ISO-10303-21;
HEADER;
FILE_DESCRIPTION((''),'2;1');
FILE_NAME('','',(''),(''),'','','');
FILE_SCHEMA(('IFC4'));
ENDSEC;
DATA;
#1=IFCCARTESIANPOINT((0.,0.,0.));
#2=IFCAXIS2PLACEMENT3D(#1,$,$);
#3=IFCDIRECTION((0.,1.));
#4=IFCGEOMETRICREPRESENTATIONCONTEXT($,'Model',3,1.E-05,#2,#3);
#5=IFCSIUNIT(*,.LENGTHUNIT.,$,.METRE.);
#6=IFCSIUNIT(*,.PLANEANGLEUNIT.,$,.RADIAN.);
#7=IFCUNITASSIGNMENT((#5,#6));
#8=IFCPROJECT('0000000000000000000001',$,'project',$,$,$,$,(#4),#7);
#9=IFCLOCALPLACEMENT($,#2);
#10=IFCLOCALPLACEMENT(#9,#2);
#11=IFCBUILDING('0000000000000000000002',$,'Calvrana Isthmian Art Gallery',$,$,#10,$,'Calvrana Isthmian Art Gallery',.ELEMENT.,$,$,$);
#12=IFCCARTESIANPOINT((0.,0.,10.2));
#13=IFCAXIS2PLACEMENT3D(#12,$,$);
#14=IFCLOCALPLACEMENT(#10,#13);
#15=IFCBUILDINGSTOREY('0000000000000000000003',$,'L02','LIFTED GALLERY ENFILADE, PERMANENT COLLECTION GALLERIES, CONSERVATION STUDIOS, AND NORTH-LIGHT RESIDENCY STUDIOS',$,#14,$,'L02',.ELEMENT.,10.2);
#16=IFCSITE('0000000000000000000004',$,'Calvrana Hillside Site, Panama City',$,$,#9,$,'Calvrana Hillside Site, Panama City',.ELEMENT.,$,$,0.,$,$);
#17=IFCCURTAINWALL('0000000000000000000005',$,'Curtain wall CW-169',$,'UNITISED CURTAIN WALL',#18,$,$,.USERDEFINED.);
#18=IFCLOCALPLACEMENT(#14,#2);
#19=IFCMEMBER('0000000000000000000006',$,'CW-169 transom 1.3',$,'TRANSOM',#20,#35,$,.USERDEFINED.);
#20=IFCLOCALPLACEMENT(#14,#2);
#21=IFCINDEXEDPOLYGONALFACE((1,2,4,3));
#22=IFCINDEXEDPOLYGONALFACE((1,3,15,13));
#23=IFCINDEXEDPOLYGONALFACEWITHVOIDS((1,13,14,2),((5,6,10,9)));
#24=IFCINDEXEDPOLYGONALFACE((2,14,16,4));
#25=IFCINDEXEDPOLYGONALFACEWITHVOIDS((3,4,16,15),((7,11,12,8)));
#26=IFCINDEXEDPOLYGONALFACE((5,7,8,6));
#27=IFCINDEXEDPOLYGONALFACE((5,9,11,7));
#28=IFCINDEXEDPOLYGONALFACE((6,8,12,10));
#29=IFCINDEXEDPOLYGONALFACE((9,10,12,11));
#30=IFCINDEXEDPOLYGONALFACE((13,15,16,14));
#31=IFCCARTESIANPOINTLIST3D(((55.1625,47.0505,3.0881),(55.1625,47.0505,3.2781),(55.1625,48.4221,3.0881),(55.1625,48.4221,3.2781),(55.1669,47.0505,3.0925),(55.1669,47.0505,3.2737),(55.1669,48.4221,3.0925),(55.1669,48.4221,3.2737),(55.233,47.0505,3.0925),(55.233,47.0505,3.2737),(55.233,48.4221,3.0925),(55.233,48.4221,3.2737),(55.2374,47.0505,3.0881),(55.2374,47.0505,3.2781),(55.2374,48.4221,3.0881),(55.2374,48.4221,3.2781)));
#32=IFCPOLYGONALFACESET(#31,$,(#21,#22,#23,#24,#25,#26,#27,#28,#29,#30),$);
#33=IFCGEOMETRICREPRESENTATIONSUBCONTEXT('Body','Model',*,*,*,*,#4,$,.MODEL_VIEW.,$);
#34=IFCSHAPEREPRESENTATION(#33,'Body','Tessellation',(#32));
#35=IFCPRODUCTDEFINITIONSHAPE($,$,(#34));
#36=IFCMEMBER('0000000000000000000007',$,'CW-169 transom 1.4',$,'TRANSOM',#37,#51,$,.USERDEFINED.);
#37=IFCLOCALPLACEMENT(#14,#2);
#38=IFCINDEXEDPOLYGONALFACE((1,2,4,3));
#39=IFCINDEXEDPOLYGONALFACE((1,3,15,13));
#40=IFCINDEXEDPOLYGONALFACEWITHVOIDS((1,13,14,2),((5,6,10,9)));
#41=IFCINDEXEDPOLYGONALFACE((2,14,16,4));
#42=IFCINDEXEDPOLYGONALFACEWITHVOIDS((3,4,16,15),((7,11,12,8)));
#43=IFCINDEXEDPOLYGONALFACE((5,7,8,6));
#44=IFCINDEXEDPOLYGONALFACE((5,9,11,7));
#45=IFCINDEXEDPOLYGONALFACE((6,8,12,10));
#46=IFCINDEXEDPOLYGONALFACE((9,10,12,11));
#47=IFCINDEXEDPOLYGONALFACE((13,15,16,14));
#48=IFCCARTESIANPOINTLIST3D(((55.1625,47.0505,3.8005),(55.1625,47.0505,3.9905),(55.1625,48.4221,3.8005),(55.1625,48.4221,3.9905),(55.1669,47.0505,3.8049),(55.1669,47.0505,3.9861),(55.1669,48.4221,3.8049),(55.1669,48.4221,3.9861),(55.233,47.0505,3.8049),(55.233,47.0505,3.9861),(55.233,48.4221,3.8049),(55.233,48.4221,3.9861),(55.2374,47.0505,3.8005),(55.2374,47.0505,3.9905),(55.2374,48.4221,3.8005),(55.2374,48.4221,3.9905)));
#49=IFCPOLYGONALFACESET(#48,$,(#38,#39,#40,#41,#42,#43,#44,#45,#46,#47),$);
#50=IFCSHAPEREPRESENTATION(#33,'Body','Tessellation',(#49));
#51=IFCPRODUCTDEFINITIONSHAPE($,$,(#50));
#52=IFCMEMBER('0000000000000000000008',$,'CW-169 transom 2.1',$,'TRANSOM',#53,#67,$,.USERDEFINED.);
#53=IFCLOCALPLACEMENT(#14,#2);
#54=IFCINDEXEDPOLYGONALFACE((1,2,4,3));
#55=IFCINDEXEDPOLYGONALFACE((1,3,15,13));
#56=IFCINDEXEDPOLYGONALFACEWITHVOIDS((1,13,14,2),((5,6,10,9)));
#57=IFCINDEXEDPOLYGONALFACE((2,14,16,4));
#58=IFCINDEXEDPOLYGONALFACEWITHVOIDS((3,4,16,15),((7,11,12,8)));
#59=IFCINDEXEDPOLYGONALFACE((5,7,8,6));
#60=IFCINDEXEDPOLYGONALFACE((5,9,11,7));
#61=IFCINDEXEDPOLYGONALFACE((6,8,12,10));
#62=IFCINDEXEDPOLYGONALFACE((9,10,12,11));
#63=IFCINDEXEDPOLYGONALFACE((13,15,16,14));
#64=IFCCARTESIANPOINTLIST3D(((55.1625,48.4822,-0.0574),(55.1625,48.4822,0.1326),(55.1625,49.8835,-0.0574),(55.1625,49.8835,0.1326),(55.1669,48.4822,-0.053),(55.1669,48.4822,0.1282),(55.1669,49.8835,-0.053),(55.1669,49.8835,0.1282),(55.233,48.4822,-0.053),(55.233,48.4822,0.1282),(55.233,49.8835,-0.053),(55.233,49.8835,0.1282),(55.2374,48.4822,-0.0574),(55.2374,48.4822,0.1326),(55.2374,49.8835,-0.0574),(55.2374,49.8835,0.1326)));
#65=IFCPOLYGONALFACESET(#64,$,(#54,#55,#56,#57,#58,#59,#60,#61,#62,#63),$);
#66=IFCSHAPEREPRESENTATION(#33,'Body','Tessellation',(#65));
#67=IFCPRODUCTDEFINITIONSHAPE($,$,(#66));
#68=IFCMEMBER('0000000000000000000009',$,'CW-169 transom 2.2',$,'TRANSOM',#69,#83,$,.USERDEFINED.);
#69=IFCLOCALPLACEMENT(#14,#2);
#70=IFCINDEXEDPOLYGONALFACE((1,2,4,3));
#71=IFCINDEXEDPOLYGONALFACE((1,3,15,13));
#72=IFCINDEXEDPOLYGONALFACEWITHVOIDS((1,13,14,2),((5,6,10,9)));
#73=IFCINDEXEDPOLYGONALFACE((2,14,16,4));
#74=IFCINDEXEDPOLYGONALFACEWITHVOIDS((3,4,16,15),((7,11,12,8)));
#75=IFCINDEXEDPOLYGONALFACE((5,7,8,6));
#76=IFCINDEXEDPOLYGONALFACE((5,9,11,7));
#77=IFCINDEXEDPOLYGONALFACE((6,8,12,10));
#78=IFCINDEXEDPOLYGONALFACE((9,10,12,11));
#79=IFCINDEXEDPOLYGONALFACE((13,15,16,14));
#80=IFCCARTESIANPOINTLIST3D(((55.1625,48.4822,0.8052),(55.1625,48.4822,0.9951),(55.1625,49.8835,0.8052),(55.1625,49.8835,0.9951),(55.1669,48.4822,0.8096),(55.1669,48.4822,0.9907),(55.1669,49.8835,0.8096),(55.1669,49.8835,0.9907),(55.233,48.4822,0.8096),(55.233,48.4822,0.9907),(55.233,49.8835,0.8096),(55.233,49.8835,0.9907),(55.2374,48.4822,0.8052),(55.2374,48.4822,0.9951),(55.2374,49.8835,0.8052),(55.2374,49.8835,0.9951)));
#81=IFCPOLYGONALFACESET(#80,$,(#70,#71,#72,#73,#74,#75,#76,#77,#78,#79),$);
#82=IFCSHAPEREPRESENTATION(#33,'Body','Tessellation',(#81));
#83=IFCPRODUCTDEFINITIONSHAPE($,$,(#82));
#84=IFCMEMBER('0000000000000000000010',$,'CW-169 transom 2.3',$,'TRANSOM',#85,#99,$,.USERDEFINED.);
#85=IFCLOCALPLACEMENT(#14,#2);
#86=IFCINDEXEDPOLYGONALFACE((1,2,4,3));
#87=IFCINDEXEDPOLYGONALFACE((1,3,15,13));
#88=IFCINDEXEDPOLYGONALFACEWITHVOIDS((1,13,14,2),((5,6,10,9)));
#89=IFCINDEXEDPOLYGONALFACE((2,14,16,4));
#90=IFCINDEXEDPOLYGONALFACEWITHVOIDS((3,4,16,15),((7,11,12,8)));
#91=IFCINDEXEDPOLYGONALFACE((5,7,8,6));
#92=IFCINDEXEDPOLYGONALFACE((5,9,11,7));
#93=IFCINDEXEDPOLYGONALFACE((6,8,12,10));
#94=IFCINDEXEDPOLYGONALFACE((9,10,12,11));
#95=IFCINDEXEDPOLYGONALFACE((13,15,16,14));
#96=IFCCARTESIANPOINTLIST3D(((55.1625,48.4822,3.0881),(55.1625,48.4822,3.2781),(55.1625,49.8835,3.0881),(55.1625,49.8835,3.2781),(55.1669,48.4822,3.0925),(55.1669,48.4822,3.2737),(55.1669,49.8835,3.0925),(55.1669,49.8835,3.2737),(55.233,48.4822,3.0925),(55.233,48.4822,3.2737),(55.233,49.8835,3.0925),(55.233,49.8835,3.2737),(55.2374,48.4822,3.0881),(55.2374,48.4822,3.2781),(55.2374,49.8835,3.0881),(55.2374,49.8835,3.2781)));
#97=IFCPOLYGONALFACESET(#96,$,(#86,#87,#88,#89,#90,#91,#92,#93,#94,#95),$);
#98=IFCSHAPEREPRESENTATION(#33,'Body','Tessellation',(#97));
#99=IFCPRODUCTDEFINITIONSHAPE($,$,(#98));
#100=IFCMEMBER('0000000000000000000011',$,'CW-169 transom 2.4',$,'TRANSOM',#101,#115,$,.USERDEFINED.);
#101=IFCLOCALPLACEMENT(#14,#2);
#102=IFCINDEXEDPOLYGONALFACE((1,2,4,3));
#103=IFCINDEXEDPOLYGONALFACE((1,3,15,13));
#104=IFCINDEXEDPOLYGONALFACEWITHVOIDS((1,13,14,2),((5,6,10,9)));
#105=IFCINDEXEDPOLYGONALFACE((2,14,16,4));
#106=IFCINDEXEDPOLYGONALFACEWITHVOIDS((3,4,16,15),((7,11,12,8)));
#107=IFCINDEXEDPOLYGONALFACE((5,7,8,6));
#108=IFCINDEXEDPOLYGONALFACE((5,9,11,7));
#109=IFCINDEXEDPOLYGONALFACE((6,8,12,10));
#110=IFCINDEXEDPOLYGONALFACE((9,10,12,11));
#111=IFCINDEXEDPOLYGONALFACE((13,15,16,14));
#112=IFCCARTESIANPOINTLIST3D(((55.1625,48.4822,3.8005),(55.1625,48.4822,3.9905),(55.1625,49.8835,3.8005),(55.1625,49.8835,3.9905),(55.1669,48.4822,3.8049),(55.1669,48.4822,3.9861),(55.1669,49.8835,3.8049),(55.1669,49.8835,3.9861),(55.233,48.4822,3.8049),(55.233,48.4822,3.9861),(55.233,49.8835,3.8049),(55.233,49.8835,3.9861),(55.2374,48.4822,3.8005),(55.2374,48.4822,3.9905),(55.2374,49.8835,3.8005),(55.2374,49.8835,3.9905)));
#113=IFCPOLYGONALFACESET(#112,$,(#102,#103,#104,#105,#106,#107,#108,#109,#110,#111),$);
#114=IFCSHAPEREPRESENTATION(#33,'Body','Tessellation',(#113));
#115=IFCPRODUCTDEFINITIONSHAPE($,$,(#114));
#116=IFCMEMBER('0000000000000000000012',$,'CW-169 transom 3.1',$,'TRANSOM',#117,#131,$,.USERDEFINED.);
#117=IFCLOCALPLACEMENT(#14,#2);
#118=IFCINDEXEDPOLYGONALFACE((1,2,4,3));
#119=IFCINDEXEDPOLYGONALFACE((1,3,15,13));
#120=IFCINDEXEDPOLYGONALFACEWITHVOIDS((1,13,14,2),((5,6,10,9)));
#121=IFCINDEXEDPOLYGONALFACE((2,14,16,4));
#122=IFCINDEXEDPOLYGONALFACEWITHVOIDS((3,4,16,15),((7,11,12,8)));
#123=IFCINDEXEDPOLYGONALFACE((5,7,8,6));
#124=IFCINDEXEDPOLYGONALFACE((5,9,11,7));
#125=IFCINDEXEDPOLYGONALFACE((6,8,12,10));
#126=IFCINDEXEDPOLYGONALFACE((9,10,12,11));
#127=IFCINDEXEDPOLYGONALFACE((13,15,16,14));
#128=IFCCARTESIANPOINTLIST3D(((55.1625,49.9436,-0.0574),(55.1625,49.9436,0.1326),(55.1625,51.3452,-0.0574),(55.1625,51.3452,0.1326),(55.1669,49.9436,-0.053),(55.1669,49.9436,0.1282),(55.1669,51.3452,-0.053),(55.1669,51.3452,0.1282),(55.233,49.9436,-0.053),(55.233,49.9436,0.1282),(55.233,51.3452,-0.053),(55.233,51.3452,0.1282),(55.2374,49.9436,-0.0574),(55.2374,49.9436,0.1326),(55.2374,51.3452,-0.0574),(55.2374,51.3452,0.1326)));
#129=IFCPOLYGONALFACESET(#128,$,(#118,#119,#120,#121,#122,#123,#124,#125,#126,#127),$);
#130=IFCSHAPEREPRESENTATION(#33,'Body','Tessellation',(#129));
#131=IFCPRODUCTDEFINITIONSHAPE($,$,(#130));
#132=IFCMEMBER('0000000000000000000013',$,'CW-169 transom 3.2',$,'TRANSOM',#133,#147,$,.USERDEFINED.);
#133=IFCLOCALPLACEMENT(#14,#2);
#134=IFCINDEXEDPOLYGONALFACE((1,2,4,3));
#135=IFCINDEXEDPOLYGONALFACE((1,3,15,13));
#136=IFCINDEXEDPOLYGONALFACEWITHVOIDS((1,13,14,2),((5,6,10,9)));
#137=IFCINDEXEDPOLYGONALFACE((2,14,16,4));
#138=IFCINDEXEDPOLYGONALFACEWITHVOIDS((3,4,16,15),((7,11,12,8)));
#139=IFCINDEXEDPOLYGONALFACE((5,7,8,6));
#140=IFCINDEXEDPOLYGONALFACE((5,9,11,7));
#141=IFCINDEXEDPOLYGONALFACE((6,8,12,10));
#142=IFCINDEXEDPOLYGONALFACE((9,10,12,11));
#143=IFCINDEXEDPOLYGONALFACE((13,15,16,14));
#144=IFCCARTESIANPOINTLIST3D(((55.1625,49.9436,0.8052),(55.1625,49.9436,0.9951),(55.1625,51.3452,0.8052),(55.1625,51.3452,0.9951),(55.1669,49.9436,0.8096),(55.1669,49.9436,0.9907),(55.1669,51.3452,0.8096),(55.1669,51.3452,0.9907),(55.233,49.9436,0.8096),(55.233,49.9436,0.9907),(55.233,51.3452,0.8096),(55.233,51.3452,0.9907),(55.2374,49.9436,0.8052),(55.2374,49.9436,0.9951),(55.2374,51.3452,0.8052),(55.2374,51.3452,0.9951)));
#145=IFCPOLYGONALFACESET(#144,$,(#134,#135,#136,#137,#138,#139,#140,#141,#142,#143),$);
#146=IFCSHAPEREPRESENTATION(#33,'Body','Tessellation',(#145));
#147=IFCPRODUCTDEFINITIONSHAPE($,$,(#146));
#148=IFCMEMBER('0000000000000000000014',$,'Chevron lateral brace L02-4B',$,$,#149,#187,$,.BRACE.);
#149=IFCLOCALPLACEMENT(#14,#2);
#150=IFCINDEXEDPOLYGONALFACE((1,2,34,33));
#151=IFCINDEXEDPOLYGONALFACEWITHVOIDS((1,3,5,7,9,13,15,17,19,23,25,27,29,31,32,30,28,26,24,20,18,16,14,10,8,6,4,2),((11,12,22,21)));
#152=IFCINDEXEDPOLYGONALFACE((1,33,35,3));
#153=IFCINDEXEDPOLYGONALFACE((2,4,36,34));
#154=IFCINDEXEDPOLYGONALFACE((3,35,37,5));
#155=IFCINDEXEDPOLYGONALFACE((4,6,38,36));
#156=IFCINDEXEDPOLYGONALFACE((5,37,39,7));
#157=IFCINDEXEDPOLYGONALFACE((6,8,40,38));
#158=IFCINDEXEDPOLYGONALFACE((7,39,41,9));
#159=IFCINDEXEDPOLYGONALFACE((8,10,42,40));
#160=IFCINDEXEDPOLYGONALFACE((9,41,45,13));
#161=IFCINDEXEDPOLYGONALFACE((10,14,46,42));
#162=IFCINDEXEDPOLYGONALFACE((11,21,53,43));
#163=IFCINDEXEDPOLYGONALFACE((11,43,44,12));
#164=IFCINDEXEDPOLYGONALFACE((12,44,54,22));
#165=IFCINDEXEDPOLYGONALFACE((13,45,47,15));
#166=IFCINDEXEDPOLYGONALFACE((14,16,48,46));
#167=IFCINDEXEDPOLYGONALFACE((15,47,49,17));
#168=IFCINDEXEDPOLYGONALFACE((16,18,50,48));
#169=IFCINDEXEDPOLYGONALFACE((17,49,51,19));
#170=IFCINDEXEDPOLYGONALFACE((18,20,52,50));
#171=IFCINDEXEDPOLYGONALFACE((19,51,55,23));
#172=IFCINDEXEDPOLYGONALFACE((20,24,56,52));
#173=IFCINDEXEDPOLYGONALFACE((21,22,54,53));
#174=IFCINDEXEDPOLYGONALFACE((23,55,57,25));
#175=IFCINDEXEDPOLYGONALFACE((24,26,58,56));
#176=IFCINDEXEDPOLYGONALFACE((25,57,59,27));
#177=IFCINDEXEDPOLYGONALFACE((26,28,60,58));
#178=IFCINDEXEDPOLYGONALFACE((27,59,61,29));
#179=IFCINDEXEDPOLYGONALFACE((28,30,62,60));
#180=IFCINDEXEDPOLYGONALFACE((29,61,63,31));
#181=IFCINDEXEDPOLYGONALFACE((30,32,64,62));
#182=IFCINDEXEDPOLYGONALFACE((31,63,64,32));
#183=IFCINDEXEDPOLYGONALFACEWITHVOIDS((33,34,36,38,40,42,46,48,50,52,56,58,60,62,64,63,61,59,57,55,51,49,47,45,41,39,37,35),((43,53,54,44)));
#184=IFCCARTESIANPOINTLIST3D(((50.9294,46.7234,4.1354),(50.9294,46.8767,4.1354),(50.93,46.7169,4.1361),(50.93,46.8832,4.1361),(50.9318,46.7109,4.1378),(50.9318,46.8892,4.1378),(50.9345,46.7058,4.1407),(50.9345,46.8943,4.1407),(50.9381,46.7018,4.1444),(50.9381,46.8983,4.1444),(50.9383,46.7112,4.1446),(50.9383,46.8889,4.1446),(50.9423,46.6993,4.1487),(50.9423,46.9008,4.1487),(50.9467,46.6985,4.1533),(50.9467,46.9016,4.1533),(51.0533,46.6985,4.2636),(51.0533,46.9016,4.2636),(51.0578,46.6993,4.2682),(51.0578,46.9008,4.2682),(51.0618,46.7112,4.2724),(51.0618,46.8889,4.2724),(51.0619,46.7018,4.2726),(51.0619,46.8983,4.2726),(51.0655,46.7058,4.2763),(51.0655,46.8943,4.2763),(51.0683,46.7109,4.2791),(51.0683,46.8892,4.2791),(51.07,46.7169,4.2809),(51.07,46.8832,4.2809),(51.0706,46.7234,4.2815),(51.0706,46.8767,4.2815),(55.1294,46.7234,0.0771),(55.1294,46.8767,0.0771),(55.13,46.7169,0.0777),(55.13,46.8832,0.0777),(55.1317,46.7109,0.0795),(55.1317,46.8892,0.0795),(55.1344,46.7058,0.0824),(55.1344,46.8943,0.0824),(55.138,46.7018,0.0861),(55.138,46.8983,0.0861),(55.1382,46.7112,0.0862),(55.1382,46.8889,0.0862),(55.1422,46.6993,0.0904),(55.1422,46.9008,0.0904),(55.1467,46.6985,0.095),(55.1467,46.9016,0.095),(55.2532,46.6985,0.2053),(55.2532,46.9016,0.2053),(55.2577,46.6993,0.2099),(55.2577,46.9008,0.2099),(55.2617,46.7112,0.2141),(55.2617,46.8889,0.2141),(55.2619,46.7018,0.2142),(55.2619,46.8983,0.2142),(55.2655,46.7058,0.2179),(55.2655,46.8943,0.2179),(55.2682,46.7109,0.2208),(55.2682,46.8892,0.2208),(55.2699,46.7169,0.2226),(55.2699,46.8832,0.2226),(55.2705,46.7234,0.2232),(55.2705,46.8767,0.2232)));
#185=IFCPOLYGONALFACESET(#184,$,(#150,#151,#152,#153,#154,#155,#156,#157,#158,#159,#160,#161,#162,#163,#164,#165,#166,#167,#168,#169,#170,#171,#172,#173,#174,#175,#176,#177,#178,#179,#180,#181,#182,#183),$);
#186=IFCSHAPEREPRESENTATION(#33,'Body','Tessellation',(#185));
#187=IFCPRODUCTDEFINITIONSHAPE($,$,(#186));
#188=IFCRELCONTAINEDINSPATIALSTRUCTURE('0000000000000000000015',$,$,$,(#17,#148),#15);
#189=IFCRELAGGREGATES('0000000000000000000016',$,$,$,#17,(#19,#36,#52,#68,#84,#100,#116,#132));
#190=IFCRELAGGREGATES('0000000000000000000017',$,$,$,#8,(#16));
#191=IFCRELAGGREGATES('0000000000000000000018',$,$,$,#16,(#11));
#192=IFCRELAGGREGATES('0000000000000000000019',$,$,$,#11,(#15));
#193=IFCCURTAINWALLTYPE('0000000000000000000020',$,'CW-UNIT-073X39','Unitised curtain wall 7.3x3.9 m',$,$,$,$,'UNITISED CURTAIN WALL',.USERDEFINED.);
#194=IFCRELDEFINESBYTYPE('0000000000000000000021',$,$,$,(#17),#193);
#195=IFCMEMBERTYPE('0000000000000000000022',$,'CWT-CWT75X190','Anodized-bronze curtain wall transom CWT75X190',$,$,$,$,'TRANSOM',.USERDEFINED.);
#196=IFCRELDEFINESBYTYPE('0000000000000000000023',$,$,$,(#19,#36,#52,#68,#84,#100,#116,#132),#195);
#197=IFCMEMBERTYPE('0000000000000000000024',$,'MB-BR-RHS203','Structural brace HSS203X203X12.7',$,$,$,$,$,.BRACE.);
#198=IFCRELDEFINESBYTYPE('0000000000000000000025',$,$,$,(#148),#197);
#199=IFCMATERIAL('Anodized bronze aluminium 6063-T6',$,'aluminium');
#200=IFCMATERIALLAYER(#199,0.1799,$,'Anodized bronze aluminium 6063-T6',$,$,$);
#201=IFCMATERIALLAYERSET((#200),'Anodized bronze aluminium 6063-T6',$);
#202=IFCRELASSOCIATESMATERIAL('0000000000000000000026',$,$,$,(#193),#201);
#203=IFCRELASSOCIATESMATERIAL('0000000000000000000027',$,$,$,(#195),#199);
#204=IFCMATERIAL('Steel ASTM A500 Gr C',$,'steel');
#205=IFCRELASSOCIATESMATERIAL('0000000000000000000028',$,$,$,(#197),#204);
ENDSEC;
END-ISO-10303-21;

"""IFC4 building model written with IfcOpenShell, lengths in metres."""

from ifc_helpers import new_model, si_unit, direction, frame, origin, origin_2d, place, context, subcontext, project, spatial, hollow_rectangle, extrude, material, layer, layer_set, material_profile, profile_set, type_object, element, aggregate, save


model = new_model("IFC4")

# Units and contexts
model_context = context("Model", 3, precision=1e-05, world=origin(), true_north=direction((0.0, 1.0)))
body_context = subcontext(model_context, "Body", "Model", "MODEL_VIEW")
ifc_project = project(units=[si_unit("LENGTHUNIT", "METRE"), si_unit("PLANEANGLEUNIT", "RADIAN")], contexts=[model_context])

# Site, building, storey
site_placement = place(None, origin())
site = spatial("IfcSite", under=ifc_project, at=site_placement, Name="Calvrana Hillside Site, Panama City", LongName="Calvrana Hillside Site, Panama City", CompositionType="ELEMENT", RefElevation=0.0)
building_placement = place(site_placement, origin())
building = spatial("IfcBuilding", under=site, at=building_placement, Name="Calvrana Isthmian Art Gallery", LongName="Calvrana Isthmian Art Gallery", CompositionType="ELEMENT")
storey_placement = place(building_placement, frame((0.0, 0.0, 10.2)))
storey = spatial("IfcBuildingStorey", under=building, at=storey_placement, Name="L02", Description="LIFTED GALLERY ENFILADE, PERMANENT COLLECTION GALLERIES, CONSERVATION STUDIOS, AND NORTH-LIGHT RESIDENCY STUDIOS", LongName="L02", CompositionType="ELEMENT", Elevation=10.2)

# Curtain wall, members
ifc_material_1 = material(Name="Anodized bronze aluminium 6063-T6", Category="aluminium")
ifc_layer_1 = layer(ifc_material_1, 0.1799, Name="Anodized bronze aluminium 6063-T6")
ifc_layer_set_1 = layer_set([ifc_layer_1], Name="Anodized bronze aluminium 6063-T6")
curtain_wall_type = type_object("IfcCurtainWallType", Name="CW-UNIT-073X39", Description="Unitised curtain wall 7.3x3.9 m", ElementType="UNITISED CURTAIN WALL", PredefinedType="USERDEFINED", material=ifc_layer_set_1)
curtain_wall_placement = place(storey_placement, origin())
curtain_wall = element("IfcCurtainWall", 1, at=curtain_wall_placement, inside=storey, type_object=curtain_wall_type, Name="Curtain wall CW-169", ObjectType="UNITISED CURTAIN WALL", PredefinedType="USERDEFINED")
ifc_material_profile_1 = material_profile(ifc_material_1, hollow_rectangle(XDim=0.075, YDim=0.1899, WallThickness=0.0044, at=origin_2d()), Name="CWT75X190")
ifc_profile_set_1 = profile_set([ifc_material_profile_1], Name="Anodized bronze aluminium 6063-T6")
member_type_1 = type_object("IfcMemberType", Name="CWT-CWT75X190", Description="Anodized-bronze curtain wall transom CWT75X190", ElementType="TRANSOM", PredefinedType="USERDEFINED", material=ifc_profile_set_1)
member_1_placement = place(storey_placement, frame((55.2, 47.0505, 3.1831), z_axis=(0.0, 1.0, 0.0), x_axis=(-1.0, 0.0, 0.0)))
member_1 = element("IfcMember", 2, at=member_1_placement, type_object=member_type_1, Name="CW-169 transom 1.3", ObjectType="TRANSOM", PredefinedType="USERDEFINED", context=body_context, shape_type="SweptSolid", body=[
    extrude(hollow_rectangle(XDim=0.075, YDim=0.1899, WallThickness=0.0044, at=origin_2d()), origin(), (0.0, 0.0, 1.0), 1.3716),
])
member_2_placement = place(storey_placement, frame((55.2, 47.0505, 3.8955), z_axis=(0.0, 1.0, 0.0), x_axis=(-1.0, 0.0, 0.0)))
member_2 = element("IfcMember", 3, at=member_2_placement, type_object=member_type_1, Name="CW-169 transom 1.4", ObjectType="TRANSOM", PredefinedType="USERDEFINED", context=body_context, shape_type="SweptSolid", body=[
    extrude(hollow_rectangle(XDim=0.075, YDim=0.1899, WallThickness=0.0044, at=origin_2d()), origin(), (0.0, 0.0, 1.0), 1.3716),
])
member_3_placement = place(storey_placement, frame((55.2, 48.4822, 0.0376), z_axis=(0.0, 1.0, 0.0), x_axis=(-1.0, 0.0, 0.0)))
member_3 = element("IfcMember", 4, at=member_3_placement, type_object=member_type_1, Name="CW-169 transom 2.1", ObjectType="TRANSOM", PredefinedType="USERDEFINED", context=body_context, shape_type="SweptSolid", body=[
    extrude(hollow_rectangle(XDim=0.075, YDim=0.1899, WallThickness=0.0044, at=origin_2d()), origin(), (0.0, 0.0, 1.0), 1.4014),
])
member_4_placement = place(storey_placement, frame((55.2, 48.4822, 0.9001), z_axis=(0.0, 1.0, 0.0), x_axis=(-1.0, 0.0, 0.0)))
member_4 = element("IfcMember", 5, at=member_4_placement, type_object=member_type_1, Name="CW-169 transom 2.2", ObjectType="TRANSOM", PredefinedType="USERDEFINED", context=body_context, shape_type="SweptSolid", body=[
    extrude(hollow_rectangle(XDim=0.075, YDim=0.1899, WallThickness=0.0044, at=origin_2d()), origin(), (0.0, 0.0, 1.0), 1.4014),
])
member_5_placement = place(storey_placement, frame((55.2, 48.4822, 3.1831), z_axis=(0.0, 1.0, 0.0), x_axis=(-1.0, 0.0, 0.0)))
member_5 = element("IfcMember", 6, at=member_5_placement, type_object=member_type_1, Name="CW-169 transom 2.3", ObjectType="TRANSOM", PredefinedType="USERDEFINED", context=body_context, shape_type="SweptSolid", body=[
    extrude(hollow_rectangle(XDim=0.075, YDim=0.1899, WallThickness=0.0044, at=origin_2d()), origin(), (0.0, 0.0, 1.0), 1.4014),
])
member_6_placement = place(storey_placement, frame((55.2, 48.4822, 3.8955), z_axis=(0.0, 1.0, 0.0), x_axis=(-1.0, 0.0, 0.0)))
member_6 = element("IfcMember", 7, at=member_6_placement, type_object=member_type_1, Name="CW-169 transom 2.4", ObjectType="TRANSOM", PredefinedType="USERDEFINED", context=body_context, shape_type="SweptSolid", body=[
    extrude(hollow_rectangle(XDim=0.075, YDim=0.1899, WallThickness=0.0044, at=origin_2d()), origin(), (0.0, 0.0, 1.0), 1.4014),
])
member_7_placement = place(storey_placement, frame((55.2, 49.9436, 0.0376), z_axis=(0.0, 1.0, 0.0), x_axis=(-1.0, 0.0, 0.0)))
member_7 = element("IfcMember", 8, at=member_7_placement, type_object=member_type_1, Name="CW-169 transom 3.1", ObjectType="TRANSOM", PredefinedType="USERDEFINED", context=body_context, shape_type="SweptSolid", body=[
    extrude(hollow_rectangle(XDim=0.075, YDim=0.1899, WallThickness=0.0044, at=origin_2d()), origin(), (0.0, 0.0, 1.0), 1.4016),
])
member_8_placement = place(storey_placement, frame((55.2, 49.9436, 0.9001), z_axis=(0.0, 1.0, 0.0), x_axis=(-1.0, 0.0, 0.0)))
member_8 = element("IfcMember", 9, at=member_8_placement, type_object=member_type_1, Name="CW-169 transom 3.2", ObjectType="TRANSOM", PredefinedType="USERDEFINED", context=body_context, shape_type="SweptSolid", body=[
    extrude(hollow_rectangle(XDim=0.075, YDim=0.1899, WallThickness=0.0044, at=origin_2d()), origin(), (0.0, 0.0, 1.0), 1.4016),
])

# Member
ifc_material_2 = material(Name="Steel ASTM A500 Gr C", Category="steel")
ifc_material_profile_2 = material_profile(ifc_material_2, hollow_rectangle(XDim=0.2031, YDim=0.2031, WallThickness=0.0127, OuterFilletRadius=0.0249, at=origin_2d()), Name="HSS203X203X12.7")
ifc_profile_set_2 = profile_set([ifc_material_profile_2], Name="Steel ASTM A500 Gr C")
member_type_2 = type_object("IfcMemberType", Name="MB-BR-RHS203", Description="Structural brace HSS203X203X12.7", PredefinedType="BRACE", material=ifc_profile_set_2)
member_9_placement = place(storey_placement, frame((55.2, 46.8, 0.1501), z_axis=(-0.719126, 0.0, 0.69488), x_axis=(0.0, -1.0, 0.0)))
element("IfcMember", 10, at=member_9_placement, inside=storey, type_object=member_type_2, Name="Chevron lateral brace L02-4B", PredefinedType="BRACE", context=body_context, shape_type="SweptSolid", body=[
    extrude(hollow_rectangle(XDim=0.2031, YDim=0.2031, WallThickness=0.0127, OuterFilletRadius=0.0249, at=origin_2d()), origin(), (0.0, 0.0, 1.0), 5.8403),
])

aggregate(curtain_wall, [member_1, member_2, member_3, member_4, member_5, member_6, member_7, member_8])

save(model, "model.ifc")
